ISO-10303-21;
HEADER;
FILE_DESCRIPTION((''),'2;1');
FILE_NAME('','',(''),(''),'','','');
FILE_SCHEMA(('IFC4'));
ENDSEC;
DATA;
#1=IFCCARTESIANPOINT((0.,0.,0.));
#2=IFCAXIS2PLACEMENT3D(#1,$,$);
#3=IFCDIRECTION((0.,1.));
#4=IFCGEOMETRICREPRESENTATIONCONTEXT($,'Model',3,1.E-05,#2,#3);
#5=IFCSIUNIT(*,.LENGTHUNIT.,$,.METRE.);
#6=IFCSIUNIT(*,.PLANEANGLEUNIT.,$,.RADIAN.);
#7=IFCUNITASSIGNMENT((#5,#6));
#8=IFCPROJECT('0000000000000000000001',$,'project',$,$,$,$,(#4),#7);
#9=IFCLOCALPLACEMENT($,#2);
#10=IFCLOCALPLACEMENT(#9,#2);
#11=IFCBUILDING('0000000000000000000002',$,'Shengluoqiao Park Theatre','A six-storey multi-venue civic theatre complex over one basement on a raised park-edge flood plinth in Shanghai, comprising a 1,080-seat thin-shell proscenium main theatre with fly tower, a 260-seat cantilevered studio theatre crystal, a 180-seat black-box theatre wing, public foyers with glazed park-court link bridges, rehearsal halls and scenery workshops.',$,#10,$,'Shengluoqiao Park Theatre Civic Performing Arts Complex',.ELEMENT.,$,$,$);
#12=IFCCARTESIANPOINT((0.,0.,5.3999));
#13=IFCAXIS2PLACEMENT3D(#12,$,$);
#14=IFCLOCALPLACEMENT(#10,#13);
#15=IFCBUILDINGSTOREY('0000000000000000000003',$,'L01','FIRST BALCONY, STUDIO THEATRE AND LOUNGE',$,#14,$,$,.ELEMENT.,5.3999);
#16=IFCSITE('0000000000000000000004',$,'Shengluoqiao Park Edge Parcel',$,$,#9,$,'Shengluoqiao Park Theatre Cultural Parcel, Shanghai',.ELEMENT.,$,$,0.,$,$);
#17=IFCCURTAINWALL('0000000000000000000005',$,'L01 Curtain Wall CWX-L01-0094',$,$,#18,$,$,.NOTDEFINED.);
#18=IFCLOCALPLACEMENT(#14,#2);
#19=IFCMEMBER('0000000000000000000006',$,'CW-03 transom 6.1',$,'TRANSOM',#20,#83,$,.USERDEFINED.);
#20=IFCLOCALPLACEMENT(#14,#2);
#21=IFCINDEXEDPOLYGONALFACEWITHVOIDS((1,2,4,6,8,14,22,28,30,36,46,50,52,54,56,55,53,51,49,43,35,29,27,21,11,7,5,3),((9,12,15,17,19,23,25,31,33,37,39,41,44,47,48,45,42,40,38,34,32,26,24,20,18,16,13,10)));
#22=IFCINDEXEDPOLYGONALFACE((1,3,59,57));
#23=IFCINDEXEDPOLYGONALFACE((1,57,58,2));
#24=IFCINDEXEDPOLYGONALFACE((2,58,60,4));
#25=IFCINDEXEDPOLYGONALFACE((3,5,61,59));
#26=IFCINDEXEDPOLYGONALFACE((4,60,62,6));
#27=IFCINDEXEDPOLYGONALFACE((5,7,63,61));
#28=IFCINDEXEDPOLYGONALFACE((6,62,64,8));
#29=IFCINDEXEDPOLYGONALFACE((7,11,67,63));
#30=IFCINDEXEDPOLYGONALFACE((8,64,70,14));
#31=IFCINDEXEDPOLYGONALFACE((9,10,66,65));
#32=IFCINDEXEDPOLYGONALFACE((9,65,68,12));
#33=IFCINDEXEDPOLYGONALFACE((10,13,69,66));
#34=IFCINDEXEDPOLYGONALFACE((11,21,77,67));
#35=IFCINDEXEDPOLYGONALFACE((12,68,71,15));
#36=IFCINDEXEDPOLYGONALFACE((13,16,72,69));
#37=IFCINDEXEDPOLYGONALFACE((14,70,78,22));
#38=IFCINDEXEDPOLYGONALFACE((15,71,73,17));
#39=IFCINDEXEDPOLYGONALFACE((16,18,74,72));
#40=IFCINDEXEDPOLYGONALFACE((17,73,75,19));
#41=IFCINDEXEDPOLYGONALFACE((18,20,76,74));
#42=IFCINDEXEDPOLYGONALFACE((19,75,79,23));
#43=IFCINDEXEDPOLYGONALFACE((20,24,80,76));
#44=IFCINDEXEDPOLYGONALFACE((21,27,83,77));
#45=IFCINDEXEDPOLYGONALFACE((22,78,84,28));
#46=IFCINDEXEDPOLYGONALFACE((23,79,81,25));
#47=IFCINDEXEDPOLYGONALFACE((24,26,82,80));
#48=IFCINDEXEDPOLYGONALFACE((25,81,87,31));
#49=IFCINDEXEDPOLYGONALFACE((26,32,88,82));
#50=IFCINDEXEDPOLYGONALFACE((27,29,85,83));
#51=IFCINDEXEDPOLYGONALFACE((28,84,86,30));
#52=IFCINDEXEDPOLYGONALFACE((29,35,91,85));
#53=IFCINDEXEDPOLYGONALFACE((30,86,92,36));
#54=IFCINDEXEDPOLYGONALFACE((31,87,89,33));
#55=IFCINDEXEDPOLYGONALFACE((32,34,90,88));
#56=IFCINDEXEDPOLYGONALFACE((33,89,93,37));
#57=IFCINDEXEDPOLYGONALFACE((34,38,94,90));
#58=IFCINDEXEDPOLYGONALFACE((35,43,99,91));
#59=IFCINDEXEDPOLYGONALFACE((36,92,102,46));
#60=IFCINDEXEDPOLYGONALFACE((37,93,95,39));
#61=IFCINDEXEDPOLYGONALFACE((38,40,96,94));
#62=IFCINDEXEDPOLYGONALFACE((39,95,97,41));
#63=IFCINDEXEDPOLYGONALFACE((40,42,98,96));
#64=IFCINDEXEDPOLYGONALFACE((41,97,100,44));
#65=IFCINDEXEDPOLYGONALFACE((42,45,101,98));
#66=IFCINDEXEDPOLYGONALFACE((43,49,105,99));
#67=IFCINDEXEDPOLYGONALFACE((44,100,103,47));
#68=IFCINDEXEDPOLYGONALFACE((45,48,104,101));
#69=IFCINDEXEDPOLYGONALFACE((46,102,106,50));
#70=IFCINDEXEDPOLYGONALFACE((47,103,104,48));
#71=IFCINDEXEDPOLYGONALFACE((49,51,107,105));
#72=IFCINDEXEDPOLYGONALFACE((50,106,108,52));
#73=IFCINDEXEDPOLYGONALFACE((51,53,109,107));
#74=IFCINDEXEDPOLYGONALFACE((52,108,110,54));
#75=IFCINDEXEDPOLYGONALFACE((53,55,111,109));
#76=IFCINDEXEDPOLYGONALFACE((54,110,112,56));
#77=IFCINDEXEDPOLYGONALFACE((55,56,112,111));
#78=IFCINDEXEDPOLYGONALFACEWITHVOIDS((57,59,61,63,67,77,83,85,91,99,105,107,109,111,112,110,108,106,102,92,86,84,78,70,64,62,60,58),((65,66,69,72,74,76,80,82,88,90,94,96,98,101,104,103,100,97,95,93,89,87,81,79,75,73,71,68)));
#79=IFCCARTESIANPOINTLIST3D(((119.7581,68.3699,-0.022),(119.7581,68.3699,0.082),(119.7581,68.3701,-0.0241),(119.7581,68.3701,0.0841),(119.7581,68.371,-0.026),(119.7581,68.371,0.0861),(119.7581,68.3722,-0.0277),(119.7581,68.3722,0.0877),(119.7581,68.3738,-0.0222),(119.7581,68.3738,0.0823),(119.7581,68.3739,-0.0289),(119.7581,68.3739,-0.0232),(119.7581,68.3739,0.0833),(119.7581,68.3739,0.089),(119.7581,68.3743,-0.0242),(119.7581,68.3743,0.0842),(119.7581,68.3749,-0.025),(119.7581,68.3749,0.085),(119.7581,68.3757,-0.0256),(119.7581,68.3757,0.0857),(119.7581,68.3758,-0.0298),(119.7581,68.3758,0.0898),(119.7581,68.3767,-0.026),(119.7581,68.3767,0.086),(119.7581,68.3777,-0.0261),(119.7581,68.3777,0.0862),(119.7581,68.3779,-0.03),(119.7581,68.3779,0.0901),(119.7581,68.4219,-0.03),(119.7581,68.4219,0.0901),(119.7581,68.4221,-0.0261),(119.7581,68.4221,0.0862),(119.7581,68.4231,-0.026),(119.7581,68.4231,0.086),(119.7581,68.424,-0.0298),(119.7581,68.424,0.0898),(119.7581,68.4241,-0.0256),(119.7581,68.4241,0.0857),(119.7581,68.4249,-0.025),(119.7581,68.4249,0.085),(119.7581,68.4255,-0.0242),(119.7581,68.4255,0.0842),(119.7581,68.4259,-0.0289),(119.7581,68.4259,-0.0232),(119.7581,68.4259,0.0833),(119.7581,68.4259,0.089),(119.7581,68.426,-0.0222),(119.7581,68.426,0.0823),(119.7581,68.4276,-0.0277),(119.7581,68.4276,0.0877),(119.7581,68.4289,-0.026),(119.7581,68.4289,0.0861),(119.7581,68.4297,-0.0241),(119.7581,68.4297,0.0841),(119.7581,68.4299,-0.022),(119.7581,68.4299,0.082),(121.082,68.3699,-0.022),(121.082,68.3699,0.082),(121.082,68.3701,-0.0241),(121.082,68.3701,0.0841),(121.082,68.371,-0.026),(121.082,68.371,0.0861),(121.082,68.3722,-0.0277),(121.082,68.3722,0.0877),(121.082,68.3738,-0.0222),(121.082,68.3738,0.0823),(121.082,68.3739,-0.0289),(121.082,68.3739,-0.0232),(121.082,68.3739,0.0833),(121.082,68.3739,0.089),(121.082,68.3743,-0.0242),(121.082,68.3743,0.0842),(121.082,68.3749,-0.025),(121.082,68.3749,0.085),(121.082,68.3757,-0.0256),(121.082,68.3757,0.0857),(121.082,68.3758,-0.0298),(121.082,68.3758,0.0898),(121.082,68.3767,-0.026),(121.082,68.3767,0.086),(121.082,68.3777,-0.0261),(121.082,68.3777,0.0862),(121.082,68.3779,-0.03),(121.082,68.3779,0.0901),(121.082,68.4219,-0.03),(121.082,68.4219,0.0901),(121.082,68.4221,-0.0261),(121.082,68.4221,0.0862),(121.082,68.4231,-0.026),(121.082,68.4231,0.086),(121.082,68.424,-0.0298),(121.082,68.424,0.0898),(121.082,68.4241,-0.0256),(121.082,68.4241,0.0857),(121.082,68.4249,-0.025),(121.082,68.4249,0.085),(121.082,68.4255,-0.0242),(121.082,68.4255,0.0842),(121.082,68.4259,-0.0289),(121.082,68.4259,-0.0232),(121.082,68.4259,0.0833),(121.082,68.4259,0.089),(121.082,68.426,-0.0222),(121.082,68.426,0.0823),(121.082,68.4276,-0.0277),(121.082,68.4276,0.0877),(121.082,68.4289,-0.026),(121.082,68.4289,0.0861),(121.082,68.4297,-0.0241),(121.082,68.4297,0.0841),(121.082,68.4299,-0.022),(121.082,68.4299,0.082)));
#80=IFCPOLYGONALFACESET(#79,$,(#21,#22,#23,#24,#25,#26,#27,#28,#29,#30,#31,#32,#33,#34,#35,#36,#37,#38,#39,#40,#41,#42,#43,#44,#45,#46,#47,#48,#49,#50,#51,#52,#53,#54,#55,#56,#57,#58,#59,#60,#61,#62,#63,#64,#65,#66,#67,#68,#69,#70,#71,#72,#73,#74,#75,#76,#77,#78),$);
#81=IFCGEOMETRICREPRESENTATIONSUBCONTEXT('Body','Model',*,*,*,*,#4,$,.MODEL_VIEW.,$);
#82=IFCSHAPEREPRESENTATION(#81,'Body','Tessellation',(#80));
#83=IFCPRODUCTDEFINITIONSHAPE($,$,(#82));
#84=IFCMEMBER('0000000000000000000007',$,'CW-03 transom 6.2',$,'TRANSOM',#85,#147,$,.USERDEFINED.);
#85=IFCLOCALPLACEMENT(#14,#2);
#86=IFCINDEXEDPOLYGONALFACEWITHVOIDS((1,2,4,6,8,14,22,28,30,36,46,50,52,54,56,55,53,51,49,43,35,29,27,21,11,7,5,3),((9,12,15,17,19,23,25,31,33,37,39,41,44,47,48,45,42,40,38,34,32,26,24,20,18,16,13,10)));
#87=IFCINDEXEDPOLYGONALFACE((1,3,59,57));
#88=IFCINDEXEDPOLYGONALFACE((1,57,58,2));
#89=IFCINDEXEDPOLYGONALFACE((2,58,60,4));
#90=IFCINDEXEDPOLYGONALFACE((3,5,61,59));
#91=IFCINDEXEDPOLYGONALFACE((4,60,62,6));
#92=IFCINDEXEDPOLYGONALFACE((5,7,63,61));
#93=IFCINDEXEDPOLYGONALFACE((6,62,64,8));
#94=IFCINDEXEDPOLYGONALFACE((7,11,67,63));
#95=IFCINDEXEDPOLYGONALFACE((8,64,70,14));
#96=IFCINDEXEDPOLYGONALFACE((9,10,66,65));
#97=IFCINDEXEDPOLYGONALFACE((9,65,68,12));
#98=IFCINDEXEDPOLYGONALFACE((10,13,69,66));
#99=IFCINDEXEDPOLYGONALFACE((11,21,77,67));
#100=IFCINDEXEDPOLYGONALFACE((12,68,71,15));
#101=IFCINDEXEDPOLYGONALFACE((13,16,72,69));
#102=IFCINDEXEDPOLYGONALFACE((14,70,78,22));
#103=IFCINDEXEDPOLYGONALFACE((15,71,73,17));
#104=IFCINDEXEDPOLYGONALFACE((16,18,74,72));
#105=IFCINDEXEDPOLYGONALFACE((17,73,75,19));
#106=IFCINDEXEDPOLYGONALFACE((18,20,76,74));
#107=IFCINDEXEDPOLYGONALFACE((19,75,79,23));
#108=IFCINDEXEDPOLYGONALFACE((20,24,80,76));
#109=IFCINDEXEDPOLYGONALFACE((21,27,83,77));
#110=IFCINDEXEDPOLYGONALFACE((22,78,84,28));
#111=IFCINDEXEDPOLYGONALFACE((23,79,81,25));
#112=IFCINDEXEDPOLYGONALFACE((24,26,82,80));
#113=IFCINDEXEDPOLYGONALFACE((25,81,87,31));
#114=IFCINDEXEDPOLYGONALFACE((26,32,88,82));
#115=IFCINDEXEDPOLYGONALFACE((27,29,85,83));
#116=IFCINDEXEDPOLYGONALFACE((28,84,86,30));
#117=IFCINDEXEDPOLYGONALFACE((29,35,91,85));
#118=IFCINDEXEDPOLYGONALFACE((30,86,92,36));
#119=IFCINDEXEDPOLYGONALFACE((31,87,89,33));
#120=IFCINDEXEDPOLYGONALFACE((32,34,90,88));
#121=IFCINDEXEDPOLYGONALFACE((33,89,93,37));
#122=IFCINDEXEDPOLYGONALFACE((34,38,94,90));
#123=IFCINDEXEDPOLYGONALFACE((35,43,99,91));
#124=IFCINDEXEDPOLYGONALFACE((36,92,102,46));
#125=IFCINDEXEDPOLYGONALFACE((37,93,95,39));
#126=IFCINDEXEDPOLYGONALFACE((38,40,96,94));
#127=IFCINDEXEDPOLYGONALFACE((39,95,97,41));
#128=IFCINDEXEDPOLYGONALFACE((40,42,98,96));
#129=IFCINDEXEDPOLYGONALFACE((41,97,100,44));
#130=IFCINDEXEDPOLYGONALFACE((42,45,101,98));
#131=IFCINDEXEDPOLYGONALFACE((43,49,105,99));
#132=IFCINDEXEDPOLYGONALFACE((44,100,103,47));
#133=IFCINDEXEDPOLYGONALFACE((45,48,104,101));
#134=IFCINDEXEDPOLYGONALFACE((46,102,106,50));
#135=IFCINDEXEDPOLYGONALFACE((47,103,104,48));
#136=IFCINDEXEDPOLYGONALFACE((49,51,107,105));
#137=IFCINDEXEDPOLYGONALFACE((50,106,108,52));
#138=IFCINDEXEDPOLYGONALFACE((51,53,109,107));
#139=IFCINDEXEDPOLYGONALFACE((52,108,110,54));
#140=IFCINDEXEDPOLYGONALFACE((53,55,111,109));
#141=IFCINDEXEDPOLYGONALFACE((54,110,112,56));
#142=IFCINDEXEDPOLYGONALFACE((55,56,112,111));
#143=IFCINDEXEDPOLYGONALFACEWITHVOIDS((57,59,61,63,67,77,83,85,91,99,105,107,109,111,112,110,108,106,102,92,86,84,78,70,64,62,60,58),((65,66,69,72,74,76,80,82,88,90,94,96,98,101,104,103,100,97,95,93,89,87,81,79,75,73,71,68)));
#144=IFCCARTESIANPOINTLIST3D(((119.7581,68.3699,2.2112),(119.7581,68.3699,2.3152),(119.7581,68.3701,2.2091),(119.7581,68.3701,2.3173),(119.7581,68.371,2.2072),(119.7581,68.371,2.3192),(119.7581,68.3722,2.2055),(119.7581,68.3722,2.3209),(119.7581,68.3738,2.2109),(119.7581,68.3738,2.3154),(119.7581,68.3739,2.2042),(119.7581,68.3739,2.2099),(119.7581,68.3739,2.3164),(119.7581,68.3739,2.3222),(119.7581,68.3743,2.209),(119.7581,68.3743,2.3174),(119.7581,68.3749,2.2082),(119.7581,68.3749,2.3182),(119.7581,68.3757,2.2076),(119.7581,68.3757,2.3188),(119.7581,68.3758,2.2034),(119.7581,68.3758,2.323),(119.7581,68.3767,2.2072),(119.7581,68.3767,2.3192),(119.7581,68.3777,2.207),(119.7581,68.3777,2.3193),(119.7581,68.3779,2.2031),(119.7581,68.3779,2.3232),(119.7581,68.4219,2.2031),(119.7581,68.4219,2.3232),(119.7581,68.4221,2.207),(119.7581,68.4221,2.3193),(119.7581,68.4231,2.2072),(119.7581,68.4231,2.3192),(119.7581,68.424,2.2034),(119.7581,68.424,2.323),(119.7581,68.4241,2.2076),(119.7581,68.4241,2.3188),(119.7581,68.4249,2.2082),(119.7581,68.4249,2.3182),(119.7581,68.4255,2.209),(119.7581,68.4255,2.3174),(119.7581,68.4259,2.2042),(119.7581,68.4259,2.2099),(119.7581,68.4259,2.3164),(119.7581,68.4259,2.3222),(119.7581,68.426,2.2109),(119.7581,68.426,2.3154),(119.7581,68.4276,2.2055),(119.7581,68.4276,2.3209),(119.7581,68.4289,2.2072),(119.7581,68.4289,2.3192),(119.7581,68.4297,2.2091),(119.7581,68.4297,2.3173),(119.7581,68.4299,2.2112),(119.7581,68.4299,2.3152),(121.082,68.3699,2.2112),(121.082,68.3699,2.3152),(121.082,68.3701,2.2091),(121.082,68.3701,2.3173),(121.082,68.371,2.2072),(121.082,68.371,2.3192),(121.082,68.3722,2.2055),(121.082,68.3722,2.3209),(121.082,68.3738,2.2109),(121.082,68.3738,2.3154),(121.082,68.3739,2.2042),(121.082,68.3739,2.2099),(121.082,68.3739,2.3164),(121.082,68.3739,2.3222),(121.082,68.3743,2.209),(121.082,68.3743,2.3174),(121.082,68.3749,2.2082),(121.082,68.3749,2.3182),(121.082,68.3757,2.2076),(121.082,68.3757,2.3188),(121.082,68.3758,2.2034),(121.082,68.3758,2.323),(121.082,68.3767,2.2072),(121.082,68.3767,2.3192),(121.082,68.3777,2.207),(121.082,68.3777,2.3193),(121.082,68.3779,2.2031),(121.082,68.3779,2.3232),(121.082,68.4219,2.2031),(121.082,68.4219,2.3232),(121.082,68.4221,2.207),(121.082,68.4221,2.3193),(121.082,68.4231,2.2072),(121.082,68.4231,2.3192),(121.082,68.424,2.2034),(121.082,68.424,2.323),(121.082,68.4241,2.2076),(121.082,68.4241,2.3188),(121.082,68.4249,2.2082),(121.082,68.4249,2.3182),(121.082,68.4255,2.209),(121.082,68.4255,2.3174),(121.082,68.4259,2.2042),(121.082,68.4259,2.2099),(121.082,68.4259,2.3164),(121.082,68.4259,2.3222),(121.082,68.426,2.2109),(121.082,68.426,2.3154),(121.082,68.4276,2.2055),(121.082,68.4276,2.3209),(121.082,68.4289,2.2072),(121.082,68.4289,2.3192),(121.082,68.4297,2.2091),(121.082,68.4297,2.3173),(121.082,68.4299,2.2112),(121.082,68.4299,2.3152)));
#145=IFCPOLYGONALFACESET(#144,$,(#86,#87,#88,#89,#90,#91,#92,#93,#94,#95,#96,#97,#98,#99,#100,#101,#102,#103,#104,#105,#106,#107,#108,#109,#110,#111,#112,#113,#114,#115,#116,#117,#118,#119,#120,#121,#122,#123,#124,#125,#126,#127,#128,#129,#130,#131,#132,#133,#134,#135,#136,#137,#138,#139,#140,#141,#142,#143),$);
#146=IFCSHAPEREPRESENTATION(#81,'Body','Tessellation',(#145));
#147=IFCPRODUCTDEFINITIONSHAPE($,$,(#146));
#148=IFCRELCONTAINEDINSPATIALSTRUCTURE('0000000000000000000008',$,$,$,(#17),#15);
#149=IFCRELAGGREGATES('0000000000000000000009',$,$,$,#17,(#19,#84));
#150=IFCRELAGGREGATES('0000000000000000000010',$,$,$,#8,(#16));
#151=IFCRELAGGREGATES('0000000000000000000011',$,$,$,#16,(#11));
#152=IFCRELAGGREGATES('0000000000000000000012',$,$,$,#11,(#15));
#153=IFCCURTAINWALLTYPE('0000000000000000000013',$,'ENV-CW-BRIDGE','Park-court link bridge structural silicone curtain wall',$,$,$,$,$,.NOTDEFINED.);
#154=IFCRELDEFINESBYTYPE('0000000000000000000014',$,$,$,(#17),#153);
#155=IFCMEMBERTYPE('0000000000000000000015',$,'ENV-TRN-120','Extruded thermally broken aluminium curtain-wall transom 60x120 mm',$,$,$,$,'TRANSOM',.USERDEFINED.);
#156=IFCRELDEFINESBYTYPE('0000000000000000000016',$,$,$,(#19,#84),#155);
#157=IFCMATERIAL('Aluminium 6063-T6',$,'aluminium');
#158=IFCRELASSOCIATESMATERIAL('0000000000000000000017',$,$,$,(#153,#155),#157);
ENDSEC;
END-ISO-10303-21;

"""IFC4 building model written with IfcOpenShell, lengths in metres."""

from ifc_helpers import new_model, si_unit, direction, frame, origin, origin_2d, place, context, subcontext, project, spatial, hollow_rectangle, extrude, material, material_profile, profile_set, type_object, element, aggregate, save


model = new_model("IFC4")

# Units and contexts
model_context = context("Model", 3, precision=1e-05, world=origin(), true_north=direction((0.0, 1.0)))
body_context = subcontext(model_context, "Body", "Model", "MODEL_VIEW")
ifc_project = project(units=[si_unit("LENGTHUNIT", "METRE"), si_unit("PLANEANGLEUNIT", "RADIAN")], contexts=[model_context])

# Site, building, storey
site_placement = place(None, origin())
site = spatial("IfcSite", under=ifc_project, at=site_placement, Name="Shengluoqiao Park Edge Parcel", LongName="Shengluoqiao Park Theatre Cultural Parcel, Shanghai", CompositionType="ELEMENT", RefElevation=0.0)
building_placement = place(site_placement, origin())
building = spatial("IfcBuilding", under=site, at=building_placement, Name="Shengluoqiao Park Theatre", Description="A six-storey multi-venue civic theatre complex over one basement on a raised park-edge flood plinth in Shanghai, comprising a 1,080-seat thin-shell proscenium main theatre with fly tower, a 260-seat cantilevered studio theatre crystal, a 180-seat black-box theatre wing, public foyers with glazed park-court link bridges, rehearsal halls and scenery workshops.", LongName="Shengluoqiao Park Theatre Civic Performing Arts Complex", CompositionType="ELEMENT")
storey_placement = place(building_placement, frame((0.0, 0.0, 5.3999)))
storey = spatial("IfcBuildingStorey", under=building, at=storey_placement, Name="L01", Description="FIRST BALCONY, STUDIO THEATRE AND LOUNGE", CompositionType="ELEMENT", Elevation=5.3999)

# Curtain wall, members
ifc_material_1 = material(Name="Aluminium 6063-T6", Category="aluminium")
curtain_wall_type = type_object("IfcCurtainWallType", Name="ENV-CW-BRIDGE", Description="Park-court link bridge structural silicone curtain wall", PredefinedType="NOTDEFINED", material=ifc_material_1)
curtain_wall_placement = place(storey_placement, origin())
curtain_wall = element("IfcCurtainWall", 1, at=curtain_wall_placement, inside=storey, type_object=curtain_wall_type, Name="L01 Curtain Wall CWX-L01-0094", PredefinedType="NOTDEFINED")
ifc_material_profile_1 = material_profile(ifc_material_1, hollow_rectangle(XDim=0.0601, YDim=0.1201, WallThickness=0.0039, InnerFilletRadius=0.0039, OuterFilletRadius=0.0081, at=origin_2d()), Name="ALU TRANSOM 120x60x4")
ifc_profile_set_1 = profile_set([ifc_material_profile_1], Name="Aluminium 6063-T6")
member_type_1 = type_object("IfcMemberType", Name="ENV-TRN-120", Description="Extruded thermally broken aluminium curtain-wall transom 60x120 mm", ElementType="TRANSOM", PredefinedType="USERDEFINED", material=ifc_profile_set_1)
member_1_placement = place(storey_placement, frame((119.7581, 68.3999, 0.03), z_axis=(1.0, 0.0, 0.0), x_axis=(0.0, 1.0, 0.0)))
member_1 = element("IfcMember", 2, at=member_1_placement, type_object=member_type_1, Name="CW-03 transom 6.1", ObjectType="TRANSOM", PredefinedType="USERDEFINED", context=body_context, shape_type="SweptSolid", body=[
    extrude(hollow_rectangle(XDim=0.0601, YDim=0.1201, WallThickness=0.0039, InnerFilletRadius=0.0039, OuterFilletRadius=0.0081, at=origin_2d()), origin(), (0.0, 0.0, 1.0), 1.324),
])
member_2_placement = place(storey_placement, frame((119.7581, 68.3999, 2.2632), z_axis=(1.0, 0.0, 0.0), x_axis=(0.0, 1.0, 0.0)))
member_2 = element("IfcMember", 3, at=member_2_placement, type_object=member_type_1, Name="CW-03 transom 6.2", ObjectType="TRANSOM", PredefinedType="USERDEFINED", context=body_context, shape_type="SweptSolid", body=[
    extrude(hollow_rectangle(XDim=0.0601, YDim=0.1201, WallThickness=0.0039, InnerFilletRadius=0.0039, OuterFilletRadius=0.0081, at=origin_2d()), origin(), (0.0, 0.0, 1.0), 1.324),
])

aggregate(curtain_wall, [member_1, member_2])

save(model, "model.ifc")
